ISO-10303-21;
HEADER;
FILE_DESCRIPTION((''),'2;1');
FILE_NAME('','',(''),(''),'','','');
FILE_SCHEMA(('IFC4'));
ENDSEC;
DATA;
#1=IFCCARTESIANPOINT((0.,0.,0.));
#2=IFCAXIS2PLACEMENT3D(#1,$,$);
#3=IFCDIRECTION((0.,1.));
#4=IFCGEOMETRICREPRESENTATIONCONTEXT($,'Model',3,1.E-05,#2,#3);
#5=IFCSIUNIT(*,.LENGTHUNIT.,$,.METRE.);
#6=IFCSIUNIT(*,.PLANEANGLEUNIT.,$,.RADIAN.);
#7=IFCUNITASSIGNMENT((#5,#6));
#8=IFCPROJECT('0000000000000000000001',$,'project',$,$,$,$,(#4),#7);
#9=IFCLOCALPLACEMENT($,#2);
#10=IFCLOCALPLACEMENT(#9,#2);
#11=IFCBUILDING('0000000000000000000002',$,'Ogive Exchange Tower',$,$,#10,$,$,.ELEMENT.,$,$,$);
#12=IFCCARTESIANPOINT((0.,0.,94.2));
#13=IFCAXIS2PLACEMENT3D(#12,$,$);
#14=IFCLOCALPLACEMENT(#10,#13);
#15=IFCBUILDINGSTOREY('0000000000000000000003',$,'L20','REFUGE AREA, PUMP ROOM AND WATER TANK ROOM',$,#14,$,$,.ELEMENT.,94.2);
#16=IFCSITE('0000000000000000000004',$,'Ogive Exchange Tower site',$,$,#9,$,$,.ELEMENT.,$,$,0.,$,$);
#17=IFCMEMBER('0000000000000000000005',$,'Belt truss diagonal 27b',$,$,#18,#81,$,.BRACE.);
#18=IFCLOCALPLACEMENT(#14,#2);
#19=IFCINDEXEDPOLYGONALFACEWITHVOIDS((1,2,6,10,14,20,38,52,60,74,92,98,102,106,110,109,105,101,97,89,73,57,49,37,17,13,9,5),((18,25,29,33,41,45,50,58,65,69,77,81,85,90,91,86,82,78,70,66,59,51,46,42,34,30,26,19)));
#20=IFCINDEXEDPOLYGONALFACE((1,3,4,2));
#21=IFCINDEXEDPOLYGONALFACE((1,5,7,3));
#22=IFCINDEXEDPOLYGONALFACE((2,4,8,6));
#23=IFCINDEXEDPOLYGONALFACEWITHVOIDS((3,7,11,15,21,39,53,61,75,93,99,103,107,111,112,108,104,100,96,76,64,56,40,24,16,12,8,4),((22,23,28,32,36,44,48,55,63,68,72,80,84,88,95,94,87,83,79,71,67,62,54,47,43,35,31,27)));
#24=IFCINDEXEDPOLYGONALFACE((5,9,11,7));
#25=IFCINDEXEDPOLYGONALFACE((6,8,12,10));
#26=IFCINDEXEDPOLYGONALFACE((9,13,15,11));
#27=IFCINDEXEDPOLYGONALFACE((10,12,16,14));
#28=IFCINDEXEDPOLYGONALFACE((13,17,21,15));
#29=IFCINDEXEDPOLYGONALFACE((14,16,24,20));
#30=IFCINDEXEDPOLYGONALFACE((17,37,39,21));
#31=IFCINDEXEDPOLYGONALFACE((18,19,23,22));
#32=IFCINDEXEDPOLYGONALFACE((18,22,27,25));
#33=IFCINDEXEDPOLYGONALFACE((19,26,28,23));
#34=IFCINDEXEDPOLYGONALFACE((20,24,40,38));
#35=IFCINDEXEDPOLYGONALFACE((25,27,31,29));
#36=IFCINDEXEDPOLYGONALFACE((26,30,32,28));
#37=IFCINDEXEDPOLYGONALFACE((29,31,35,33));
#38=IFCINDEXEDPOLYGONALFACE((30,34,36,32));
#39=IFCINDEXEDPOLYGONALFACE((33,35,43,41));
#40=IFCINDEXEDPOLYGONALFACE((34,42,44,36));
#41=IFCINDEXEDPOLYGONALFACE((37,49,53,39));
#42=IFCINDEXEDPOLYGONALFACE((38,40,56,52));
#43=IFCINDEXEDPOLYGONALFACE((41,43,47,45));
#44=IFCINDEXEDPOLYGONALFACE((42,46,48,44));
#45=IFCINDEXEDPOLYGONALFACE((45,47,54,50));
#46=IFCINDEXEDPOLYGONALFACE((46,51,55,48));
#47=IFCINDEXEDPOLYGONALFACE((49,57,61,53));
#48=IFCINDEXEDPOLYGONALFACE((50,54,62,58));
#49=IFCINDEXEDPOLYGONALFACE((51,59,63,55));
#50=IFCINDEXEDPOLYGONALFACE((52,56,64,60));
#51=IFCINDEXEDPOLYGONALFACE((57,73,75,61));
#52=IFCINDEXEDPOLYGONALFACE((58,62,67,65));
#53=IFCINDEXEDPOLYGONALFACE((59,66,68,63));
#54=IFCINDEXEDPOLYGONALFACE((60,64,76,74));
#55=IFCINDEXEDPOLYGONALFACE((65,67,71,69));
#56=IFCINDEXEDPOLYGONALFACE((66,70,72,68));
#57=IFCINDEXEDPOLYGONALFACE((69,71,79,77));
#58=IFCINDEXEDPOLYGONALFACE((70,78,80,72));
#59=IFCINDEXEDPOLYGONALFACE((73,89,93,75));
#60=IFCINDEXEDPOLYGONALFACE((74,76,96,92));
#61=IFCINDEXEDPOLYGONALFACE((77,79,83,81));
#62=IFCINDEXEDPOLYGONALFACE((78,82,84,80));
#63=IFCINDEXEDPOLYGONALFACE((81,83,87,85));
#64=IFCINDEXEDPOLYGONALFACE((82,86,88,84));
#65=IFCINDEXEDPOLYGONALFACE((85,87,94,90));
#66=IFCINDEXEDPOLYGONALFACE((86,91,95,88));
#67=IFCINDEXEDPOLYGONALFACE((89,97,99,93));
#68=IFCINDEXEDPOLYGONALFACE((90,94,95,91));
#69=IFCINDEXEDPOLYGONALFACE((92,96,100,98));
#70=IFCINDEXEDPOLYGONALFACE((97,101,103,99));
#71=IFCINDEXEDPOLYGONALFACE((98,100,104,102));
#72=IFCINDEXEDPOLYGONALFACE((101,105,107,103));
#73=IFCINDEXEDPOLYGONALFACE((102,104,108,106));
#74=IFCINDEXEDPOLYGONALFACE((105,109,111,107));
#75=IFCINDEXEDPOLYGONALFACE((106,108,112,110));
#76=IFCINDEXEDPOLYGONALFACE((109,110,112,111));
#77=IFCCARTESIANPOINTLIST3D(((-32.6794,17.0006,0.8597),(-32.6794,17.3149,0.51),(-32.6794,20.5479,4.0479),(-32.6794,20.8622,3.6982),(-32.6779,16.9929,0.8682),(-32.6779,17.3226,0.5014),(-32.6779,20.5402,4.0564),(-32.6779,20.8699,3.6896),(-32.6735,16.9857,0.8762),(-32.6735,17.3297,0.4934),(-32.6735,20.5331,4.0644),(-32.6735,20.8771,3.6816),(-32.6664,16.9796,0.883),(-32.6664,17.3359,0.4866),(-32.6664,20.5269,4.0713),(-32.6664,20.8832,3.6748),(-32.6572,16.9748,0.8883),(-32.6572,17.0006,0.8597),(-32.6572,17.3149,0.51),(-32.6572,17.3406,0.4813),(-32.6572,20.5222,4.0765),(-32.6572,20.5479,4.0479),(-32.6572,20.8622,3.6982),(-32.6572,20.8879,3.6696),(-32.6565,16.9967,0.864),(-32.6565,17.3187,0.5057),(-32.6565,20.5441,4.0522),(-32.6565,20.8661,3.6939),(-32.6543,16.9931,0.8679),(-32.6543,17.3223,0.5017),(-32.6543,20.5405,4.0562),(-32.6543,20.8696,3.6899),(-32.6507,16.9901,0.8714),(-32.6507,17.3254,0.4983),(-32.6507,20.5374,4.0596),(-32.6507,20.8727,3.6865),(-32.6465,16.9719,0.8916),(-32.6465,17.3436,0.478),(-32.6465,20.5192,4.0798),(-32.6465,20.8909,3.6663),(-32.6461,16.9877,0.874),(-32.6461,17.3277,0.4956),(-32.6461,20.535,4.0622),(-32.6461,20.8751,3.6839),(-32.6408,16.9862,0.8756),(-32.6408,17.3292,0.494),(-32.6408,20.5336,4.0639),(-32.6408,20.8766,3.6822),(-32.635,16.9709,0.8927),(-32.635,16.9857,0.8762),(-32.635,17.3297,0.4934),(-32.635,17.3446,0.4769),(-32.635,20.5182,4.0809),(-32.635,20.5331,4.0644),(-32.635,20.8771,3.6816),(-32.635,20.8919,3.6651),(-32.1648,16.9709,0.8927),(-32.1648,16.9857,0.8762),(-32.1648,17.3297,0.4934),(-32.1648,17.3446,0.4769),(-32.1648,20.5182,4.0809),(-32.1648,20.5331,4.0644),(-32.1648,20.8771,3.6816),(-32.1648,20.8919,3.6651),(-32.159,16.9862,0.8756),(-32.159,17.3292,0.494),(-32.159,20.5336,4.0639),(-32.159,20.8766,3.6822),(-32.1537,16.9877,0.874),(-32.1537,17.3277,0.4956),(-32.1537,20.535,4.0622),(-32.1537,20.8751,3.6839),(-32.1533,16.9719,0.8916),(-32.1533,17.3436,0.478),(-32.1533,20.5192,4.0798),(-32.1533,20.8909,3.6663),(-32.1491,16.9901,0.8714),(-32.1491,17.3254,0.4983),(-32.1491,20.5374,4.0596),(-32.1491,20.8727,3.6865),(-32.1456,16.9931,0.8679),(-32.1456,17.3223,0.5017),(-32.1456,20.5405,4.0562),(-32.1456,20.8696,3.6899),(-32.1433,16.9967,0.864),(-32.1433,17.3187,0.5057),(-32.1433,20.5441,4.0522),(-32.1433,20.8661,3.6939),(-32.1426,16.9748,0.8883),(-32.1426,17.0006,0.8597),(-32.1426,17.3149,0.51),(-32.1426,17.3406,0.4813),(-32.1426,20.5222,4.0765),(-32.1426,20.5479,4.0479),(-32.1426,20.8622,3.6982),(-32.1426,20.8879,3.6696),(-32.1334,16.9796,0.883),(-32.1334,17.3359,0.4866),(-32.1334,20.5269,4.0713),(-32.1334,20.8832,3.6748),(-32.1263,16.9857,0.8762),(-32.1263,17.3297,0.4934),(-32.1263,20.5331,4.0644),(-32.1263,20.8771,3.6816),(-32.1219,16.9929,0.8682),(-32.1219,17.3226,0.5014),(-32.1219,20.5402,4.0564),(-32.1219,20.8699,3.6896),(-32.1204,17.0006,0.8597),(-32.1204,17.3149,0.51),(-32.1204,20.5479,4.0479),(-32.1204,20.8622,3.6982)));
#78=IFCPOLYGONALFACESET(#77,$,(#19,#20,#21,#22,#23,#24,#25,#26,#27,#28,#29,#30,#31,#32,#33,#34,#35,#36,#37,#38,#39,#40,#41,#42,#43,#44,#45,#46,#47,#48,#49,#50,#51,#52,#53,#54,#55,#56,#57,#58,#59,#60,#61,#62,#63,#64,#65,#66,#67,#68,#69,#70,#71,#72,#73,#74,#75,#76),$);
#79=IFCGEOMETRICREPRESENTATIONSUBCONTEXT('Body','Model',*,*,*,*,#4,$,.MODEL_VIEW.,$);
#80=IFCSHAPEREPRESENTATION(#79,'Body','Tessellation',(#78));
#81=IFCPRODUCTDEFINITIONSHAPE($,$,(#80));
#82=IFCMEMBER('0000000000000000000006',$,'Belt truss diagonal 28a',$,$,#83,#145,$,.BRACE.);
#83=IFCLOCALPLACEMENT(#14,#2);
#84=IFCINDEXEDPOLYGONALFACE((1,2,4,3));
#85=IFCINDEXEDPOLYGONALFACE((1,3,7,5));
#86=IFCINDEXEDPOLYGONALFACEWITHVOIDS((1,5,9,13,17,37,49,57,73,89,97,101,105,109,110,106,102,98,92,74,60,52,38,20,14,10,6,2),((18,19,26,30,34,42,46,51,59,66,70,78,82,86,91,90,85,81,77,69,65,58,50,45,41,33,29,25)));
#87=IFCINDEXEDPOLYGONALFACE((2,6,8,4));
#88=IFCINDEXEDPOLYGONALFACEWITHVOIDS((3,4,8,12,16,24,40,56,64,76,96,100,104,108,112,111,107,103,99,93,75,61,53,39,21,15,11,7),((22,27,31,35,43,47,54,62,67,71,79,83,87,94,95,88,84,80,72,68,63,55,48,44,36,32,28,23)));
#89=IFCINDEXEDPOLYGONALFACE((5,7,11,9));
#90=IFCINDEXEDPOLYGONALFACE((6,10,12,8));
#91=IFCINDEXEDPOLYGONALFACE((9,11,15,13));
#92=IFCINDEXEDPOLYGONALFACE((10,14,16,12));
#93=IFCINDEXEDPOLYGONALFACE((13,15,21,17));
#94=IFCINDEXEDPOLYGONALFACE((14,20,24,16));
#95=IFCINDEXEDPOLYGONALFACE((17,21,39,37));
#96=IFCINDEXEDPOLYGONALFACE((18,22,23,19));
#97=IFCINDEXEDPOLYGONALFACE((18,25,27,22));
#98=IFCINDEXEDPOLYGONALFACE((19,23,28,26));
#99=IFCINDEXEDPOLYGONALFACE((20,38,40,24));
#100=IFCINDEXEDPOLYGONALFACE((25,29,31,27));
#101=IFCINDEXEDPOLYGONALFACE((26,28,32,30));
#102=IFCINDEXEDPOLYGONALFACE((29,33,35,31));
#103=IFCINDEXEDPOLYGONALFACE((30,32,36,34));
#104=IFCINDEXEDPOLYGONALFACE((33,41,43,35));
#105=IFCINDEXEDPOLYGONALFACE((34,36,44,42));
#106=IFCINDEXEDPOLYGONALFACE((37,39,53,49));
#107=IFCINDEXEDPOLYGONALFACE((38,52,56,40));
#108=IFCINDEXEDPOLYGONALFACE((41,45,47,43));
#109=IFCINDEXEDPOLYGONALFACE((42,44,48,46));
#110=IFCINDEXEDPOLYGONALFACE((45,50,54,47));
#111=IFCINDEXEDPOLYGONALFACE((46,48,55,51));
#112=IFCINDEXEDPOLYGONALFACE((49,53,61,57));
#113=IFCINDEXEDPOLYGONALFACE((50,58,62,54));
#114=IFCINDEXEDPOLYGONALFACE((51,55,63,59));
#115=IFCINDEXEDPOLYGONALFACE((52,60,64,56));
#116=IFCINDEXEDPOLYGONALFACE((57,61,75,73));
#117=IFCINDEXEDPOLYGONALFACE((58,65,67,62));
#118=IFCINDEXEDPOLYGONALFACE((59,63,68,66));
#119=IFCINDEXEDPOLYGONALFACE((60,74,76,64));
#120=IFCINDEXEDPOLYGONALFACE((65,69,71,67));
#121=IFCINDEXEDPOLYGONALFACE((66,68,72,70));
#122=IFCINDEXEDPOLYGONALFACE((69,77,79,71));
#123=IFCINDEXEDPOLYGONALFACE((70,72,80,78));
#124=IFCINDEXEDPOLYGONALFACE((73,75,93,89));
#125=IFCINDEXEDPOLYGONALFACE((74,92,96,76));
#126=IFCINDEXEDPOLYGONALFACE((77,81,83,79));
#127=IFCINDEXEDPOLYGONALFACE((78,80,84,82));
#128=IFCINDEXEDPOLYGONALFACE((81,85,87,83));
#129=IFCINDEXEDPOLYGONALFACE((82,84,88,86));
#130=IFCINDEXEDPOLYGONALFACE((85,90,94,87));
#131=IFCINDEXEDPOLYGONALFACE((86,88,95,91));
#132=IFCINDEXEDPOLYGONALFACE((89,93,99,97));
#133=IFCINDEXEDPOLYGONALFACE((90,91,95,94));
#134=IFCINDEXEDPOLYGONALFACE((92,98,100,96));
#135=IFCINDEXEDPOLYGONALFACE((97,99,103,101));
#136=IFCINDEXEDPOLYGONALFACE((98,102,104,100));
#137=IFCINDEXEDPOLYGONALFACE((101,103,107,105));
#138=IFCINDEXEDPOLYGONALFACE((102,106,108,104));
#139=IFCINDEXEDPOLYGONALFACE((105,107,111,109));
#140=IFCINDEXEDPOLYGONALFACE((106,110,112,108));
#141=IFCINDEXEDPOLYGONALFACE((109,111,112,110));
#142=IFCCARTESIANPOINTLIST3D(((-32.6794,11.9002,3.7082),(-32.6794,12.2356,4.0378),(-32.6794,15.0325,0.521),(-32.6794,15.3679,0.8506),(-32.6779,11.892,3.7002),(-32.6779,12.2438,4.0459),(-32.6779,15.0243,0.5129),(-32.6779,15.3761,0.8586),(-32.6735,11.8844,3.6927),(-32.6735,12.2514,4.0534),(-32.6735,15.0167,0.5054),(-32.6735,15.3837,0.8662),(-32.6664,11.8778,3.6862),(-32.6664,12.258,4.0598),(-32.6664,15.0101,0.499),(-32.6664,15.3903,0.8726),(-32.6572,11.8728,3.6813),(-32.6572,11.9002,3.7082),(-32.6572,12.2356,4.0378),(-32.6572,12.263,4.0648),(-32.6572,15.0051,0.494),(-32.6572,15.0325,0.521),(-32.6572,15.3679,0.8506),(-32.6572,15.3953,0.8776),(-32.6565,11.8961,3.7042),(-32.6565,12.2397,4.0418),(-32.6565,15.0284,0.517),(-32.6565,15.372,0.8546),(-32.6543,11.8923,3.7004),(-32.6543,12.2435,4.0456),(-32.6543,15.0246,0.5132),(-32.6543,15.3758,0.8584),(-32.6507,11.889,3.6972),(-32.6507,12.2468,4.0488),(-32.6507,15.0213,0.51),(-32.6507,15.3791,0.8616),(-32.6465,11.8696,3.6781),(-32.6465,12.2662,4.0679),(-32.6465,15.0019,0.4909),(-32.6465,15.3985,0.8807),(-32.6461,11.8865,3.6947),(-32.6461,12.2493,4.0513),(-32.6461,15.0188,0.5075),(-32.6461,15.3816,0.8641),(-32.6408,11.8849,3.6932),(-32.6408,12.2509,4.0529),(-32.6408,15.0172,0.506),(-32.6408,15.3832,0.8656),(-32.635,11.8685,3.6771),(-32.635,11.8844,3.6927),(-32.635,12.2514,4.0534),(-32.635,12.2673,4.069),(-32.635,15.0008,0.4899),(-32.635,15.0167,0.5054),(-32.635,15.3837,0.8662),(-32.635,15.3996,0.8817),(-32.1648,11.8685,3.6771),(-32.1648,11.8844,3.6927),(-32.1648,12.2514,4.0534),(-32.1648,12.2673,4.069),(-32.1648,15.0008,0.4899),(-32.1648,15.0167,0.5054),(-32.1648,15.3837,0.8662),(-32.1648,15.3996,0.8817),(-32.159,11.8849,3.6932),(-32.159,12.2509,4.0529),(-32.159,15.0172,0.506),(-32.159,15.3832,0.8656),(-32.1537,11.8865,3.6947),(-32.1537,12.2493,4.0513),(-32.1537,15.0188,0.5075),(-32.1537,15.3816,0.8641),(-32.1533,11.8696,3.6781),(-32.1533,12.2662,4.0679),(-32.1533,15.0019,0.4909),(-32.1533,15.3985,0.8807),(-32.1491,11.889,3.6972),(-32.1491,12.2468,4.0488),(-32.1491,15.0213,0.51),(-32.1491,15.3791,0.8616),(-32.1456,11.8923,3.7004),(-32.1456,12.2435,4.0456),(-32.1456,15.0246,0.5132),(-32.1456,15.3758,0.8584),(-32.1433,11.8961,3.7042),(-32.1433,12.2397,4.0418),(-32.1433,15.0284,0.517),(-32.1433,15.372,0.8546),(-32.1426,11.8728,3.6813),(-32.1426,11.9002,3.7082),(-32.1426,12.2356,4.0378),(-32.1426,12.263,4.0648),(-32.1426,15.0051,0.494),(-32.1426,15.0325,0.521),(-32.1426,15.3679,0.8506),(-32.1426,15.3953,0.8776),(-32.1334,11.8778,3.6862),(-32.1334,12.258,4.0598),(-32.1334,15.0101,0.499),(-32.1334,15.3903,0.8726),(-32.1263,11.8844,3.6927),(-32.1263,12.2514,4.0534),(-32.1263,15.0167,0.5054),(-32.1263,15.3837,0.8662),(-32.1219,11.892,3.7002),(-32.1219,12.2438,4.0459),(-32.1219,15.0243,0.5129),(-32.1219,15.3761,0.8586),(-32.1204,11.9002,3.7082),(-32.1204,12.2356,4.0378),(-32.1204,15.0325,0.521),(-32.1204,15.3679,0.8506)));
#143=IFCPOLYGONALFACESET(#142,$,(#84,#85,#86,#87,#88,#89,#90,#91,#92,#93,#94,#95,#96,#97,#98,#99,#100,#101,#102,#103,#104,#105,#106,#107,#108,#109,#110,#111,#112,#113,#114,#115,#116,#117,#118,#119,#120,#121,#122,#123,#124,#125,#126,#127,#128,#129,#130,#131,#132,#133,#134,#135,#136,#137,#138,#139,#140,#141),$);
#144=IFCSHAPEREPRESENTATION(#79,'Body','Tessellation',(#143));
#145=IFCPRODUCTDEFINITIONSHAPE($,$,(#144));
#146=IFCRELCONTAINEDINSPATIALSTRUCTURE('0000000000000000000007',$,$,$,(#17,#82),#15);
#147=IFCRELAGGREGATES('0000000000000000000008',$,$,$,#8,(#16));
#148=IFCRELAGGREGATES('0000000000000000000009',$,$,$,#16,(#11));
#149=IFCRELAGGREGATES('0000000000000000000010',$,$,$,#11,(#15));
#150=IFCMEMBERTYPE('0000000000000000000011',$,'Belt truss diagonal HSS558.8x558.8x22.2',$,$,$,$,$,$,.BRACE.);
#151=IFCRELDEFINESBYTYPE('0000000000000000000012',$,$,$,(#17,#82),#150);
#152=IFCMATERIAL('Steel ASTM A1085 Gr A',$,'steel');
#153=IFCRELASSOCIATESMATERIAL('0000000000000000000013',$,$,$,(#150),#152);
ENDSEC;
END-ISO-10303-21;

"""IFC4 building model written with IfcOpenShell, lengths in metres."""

from ifc_helpers import new_model, si_unit, direction, frame, origin, origin_2d, place, context, subcontext, project, spatial, hollow_rectangle, extrude, material, material_profile, profile_set, type_object, element, save


model = new_model("IFC4")

# Units and contexts
model_context = context("Model", 3, precision=1e-05, world=origin(), true_north=direction((0.0, 1.0)))
body_context = subcontext(model_context, "Body", "Model", "MODEL_VIEW")
ifc_project = project(units=[si_unit("LENGTHUNIT", "METRE"), si_unit("PLANEANGLEUNIT", "RADIAN")], contexts=[model_context])

# Site, building, storey
site_placement = place(None, origin())
site = spatial("IfcSite", under=ifc_project, at=site_placement, Name="Ogive Exchange Tower site", CompositionType="ELEMENT", RefElevation=0.0)
building_placement = place(site_placement, origin())
building = spatial("IfcBuilding", under=site, at=building_placement, Name="Ogive Exchange Tower", CompositionType="ELEMENT")
storey_placement = place(building_placement, frame((0.0, 0.0, 94.2)))
storey = spatial("IfcBuildingStorey", under=building, at=storey_placement, Name="L20", Description="REFUGE AREA, PUMP ROOM AND WATER TANK ROOM", CompositionType="ELEMENT", Elevation=94.2)

# Members
ifc_material_1 = material(Name="Steel ASTM A1085 Gr A", Category="steel")
ifc_material_profile_1 = material_profile(ifc_material_1, hollow_rectangle(XDim=0.5591, YDim=0.5591, WallThickness=0.0222, InnerFilletRadius=0.0222, OuterFilletRadius=0.0444, at=origin_2d()), Name="HSS558.8x558.8x22.2")
ifc_profile_set_1 = profile_set([ifc_material_profile_1], Name="Steel ASTM A1085 Gr A")
member_type_1 = type_object("IfcMemberType", Name="Belt truss diagonal HSS558.8x558.8x22.2", PredefinedType="BRACE", material=ifc_profile_set_1)
member_1_placement = place(storey_placement, frame((-32.3999, 17.1577, 0.6848), z_axis=(0.0, 0.743752, 0.668456), x_axis=(-1.0, 0.0, 0.0)))
element("IfcMember", 1, at=member_1_placement, inside=storey, type_object=member_type_1, Name="Belt truss diagonal 27b", PredefinedType="BRACE", context=body_context, shape_type="SweptSolid", body=[
    extrude(hollow_rectangle(XDim=0.5591, YDim=0.5591, WallThickness=0.0222, InnerFilletRadius=0.0222, OuterFilletRadius=0.0444, at=origin_2d()), origin(), (0.0, 0.0, 1.0), 4.7695),
])
member_2_placement = place(storey_placement, frame((-32.3999, 15.2002, 0.6858), z_axis=(0.0, -0.700934, 0.713226), x_axis=(1.0, 0.0, 0.0)))
element("IfcMember", 2, at=member_2_placement, inside=storey, type_object=member_type_1, Name="Belt truss diagonal 28a", PredefinedType="BRACE", context=body_context, shape_type="SweptSolid", body=[
    extrude(hollow_rectangle(XDim=0.5591, YDim=0.5591, WallThickness=0.0222, InnerFilletRadius=0.0222, OuterFilletRadius=0.0444, at=origin_2d()), origin(), (0.0, 0.0, 1.0), 4.4688),
])

save(model, "model.ifc")
